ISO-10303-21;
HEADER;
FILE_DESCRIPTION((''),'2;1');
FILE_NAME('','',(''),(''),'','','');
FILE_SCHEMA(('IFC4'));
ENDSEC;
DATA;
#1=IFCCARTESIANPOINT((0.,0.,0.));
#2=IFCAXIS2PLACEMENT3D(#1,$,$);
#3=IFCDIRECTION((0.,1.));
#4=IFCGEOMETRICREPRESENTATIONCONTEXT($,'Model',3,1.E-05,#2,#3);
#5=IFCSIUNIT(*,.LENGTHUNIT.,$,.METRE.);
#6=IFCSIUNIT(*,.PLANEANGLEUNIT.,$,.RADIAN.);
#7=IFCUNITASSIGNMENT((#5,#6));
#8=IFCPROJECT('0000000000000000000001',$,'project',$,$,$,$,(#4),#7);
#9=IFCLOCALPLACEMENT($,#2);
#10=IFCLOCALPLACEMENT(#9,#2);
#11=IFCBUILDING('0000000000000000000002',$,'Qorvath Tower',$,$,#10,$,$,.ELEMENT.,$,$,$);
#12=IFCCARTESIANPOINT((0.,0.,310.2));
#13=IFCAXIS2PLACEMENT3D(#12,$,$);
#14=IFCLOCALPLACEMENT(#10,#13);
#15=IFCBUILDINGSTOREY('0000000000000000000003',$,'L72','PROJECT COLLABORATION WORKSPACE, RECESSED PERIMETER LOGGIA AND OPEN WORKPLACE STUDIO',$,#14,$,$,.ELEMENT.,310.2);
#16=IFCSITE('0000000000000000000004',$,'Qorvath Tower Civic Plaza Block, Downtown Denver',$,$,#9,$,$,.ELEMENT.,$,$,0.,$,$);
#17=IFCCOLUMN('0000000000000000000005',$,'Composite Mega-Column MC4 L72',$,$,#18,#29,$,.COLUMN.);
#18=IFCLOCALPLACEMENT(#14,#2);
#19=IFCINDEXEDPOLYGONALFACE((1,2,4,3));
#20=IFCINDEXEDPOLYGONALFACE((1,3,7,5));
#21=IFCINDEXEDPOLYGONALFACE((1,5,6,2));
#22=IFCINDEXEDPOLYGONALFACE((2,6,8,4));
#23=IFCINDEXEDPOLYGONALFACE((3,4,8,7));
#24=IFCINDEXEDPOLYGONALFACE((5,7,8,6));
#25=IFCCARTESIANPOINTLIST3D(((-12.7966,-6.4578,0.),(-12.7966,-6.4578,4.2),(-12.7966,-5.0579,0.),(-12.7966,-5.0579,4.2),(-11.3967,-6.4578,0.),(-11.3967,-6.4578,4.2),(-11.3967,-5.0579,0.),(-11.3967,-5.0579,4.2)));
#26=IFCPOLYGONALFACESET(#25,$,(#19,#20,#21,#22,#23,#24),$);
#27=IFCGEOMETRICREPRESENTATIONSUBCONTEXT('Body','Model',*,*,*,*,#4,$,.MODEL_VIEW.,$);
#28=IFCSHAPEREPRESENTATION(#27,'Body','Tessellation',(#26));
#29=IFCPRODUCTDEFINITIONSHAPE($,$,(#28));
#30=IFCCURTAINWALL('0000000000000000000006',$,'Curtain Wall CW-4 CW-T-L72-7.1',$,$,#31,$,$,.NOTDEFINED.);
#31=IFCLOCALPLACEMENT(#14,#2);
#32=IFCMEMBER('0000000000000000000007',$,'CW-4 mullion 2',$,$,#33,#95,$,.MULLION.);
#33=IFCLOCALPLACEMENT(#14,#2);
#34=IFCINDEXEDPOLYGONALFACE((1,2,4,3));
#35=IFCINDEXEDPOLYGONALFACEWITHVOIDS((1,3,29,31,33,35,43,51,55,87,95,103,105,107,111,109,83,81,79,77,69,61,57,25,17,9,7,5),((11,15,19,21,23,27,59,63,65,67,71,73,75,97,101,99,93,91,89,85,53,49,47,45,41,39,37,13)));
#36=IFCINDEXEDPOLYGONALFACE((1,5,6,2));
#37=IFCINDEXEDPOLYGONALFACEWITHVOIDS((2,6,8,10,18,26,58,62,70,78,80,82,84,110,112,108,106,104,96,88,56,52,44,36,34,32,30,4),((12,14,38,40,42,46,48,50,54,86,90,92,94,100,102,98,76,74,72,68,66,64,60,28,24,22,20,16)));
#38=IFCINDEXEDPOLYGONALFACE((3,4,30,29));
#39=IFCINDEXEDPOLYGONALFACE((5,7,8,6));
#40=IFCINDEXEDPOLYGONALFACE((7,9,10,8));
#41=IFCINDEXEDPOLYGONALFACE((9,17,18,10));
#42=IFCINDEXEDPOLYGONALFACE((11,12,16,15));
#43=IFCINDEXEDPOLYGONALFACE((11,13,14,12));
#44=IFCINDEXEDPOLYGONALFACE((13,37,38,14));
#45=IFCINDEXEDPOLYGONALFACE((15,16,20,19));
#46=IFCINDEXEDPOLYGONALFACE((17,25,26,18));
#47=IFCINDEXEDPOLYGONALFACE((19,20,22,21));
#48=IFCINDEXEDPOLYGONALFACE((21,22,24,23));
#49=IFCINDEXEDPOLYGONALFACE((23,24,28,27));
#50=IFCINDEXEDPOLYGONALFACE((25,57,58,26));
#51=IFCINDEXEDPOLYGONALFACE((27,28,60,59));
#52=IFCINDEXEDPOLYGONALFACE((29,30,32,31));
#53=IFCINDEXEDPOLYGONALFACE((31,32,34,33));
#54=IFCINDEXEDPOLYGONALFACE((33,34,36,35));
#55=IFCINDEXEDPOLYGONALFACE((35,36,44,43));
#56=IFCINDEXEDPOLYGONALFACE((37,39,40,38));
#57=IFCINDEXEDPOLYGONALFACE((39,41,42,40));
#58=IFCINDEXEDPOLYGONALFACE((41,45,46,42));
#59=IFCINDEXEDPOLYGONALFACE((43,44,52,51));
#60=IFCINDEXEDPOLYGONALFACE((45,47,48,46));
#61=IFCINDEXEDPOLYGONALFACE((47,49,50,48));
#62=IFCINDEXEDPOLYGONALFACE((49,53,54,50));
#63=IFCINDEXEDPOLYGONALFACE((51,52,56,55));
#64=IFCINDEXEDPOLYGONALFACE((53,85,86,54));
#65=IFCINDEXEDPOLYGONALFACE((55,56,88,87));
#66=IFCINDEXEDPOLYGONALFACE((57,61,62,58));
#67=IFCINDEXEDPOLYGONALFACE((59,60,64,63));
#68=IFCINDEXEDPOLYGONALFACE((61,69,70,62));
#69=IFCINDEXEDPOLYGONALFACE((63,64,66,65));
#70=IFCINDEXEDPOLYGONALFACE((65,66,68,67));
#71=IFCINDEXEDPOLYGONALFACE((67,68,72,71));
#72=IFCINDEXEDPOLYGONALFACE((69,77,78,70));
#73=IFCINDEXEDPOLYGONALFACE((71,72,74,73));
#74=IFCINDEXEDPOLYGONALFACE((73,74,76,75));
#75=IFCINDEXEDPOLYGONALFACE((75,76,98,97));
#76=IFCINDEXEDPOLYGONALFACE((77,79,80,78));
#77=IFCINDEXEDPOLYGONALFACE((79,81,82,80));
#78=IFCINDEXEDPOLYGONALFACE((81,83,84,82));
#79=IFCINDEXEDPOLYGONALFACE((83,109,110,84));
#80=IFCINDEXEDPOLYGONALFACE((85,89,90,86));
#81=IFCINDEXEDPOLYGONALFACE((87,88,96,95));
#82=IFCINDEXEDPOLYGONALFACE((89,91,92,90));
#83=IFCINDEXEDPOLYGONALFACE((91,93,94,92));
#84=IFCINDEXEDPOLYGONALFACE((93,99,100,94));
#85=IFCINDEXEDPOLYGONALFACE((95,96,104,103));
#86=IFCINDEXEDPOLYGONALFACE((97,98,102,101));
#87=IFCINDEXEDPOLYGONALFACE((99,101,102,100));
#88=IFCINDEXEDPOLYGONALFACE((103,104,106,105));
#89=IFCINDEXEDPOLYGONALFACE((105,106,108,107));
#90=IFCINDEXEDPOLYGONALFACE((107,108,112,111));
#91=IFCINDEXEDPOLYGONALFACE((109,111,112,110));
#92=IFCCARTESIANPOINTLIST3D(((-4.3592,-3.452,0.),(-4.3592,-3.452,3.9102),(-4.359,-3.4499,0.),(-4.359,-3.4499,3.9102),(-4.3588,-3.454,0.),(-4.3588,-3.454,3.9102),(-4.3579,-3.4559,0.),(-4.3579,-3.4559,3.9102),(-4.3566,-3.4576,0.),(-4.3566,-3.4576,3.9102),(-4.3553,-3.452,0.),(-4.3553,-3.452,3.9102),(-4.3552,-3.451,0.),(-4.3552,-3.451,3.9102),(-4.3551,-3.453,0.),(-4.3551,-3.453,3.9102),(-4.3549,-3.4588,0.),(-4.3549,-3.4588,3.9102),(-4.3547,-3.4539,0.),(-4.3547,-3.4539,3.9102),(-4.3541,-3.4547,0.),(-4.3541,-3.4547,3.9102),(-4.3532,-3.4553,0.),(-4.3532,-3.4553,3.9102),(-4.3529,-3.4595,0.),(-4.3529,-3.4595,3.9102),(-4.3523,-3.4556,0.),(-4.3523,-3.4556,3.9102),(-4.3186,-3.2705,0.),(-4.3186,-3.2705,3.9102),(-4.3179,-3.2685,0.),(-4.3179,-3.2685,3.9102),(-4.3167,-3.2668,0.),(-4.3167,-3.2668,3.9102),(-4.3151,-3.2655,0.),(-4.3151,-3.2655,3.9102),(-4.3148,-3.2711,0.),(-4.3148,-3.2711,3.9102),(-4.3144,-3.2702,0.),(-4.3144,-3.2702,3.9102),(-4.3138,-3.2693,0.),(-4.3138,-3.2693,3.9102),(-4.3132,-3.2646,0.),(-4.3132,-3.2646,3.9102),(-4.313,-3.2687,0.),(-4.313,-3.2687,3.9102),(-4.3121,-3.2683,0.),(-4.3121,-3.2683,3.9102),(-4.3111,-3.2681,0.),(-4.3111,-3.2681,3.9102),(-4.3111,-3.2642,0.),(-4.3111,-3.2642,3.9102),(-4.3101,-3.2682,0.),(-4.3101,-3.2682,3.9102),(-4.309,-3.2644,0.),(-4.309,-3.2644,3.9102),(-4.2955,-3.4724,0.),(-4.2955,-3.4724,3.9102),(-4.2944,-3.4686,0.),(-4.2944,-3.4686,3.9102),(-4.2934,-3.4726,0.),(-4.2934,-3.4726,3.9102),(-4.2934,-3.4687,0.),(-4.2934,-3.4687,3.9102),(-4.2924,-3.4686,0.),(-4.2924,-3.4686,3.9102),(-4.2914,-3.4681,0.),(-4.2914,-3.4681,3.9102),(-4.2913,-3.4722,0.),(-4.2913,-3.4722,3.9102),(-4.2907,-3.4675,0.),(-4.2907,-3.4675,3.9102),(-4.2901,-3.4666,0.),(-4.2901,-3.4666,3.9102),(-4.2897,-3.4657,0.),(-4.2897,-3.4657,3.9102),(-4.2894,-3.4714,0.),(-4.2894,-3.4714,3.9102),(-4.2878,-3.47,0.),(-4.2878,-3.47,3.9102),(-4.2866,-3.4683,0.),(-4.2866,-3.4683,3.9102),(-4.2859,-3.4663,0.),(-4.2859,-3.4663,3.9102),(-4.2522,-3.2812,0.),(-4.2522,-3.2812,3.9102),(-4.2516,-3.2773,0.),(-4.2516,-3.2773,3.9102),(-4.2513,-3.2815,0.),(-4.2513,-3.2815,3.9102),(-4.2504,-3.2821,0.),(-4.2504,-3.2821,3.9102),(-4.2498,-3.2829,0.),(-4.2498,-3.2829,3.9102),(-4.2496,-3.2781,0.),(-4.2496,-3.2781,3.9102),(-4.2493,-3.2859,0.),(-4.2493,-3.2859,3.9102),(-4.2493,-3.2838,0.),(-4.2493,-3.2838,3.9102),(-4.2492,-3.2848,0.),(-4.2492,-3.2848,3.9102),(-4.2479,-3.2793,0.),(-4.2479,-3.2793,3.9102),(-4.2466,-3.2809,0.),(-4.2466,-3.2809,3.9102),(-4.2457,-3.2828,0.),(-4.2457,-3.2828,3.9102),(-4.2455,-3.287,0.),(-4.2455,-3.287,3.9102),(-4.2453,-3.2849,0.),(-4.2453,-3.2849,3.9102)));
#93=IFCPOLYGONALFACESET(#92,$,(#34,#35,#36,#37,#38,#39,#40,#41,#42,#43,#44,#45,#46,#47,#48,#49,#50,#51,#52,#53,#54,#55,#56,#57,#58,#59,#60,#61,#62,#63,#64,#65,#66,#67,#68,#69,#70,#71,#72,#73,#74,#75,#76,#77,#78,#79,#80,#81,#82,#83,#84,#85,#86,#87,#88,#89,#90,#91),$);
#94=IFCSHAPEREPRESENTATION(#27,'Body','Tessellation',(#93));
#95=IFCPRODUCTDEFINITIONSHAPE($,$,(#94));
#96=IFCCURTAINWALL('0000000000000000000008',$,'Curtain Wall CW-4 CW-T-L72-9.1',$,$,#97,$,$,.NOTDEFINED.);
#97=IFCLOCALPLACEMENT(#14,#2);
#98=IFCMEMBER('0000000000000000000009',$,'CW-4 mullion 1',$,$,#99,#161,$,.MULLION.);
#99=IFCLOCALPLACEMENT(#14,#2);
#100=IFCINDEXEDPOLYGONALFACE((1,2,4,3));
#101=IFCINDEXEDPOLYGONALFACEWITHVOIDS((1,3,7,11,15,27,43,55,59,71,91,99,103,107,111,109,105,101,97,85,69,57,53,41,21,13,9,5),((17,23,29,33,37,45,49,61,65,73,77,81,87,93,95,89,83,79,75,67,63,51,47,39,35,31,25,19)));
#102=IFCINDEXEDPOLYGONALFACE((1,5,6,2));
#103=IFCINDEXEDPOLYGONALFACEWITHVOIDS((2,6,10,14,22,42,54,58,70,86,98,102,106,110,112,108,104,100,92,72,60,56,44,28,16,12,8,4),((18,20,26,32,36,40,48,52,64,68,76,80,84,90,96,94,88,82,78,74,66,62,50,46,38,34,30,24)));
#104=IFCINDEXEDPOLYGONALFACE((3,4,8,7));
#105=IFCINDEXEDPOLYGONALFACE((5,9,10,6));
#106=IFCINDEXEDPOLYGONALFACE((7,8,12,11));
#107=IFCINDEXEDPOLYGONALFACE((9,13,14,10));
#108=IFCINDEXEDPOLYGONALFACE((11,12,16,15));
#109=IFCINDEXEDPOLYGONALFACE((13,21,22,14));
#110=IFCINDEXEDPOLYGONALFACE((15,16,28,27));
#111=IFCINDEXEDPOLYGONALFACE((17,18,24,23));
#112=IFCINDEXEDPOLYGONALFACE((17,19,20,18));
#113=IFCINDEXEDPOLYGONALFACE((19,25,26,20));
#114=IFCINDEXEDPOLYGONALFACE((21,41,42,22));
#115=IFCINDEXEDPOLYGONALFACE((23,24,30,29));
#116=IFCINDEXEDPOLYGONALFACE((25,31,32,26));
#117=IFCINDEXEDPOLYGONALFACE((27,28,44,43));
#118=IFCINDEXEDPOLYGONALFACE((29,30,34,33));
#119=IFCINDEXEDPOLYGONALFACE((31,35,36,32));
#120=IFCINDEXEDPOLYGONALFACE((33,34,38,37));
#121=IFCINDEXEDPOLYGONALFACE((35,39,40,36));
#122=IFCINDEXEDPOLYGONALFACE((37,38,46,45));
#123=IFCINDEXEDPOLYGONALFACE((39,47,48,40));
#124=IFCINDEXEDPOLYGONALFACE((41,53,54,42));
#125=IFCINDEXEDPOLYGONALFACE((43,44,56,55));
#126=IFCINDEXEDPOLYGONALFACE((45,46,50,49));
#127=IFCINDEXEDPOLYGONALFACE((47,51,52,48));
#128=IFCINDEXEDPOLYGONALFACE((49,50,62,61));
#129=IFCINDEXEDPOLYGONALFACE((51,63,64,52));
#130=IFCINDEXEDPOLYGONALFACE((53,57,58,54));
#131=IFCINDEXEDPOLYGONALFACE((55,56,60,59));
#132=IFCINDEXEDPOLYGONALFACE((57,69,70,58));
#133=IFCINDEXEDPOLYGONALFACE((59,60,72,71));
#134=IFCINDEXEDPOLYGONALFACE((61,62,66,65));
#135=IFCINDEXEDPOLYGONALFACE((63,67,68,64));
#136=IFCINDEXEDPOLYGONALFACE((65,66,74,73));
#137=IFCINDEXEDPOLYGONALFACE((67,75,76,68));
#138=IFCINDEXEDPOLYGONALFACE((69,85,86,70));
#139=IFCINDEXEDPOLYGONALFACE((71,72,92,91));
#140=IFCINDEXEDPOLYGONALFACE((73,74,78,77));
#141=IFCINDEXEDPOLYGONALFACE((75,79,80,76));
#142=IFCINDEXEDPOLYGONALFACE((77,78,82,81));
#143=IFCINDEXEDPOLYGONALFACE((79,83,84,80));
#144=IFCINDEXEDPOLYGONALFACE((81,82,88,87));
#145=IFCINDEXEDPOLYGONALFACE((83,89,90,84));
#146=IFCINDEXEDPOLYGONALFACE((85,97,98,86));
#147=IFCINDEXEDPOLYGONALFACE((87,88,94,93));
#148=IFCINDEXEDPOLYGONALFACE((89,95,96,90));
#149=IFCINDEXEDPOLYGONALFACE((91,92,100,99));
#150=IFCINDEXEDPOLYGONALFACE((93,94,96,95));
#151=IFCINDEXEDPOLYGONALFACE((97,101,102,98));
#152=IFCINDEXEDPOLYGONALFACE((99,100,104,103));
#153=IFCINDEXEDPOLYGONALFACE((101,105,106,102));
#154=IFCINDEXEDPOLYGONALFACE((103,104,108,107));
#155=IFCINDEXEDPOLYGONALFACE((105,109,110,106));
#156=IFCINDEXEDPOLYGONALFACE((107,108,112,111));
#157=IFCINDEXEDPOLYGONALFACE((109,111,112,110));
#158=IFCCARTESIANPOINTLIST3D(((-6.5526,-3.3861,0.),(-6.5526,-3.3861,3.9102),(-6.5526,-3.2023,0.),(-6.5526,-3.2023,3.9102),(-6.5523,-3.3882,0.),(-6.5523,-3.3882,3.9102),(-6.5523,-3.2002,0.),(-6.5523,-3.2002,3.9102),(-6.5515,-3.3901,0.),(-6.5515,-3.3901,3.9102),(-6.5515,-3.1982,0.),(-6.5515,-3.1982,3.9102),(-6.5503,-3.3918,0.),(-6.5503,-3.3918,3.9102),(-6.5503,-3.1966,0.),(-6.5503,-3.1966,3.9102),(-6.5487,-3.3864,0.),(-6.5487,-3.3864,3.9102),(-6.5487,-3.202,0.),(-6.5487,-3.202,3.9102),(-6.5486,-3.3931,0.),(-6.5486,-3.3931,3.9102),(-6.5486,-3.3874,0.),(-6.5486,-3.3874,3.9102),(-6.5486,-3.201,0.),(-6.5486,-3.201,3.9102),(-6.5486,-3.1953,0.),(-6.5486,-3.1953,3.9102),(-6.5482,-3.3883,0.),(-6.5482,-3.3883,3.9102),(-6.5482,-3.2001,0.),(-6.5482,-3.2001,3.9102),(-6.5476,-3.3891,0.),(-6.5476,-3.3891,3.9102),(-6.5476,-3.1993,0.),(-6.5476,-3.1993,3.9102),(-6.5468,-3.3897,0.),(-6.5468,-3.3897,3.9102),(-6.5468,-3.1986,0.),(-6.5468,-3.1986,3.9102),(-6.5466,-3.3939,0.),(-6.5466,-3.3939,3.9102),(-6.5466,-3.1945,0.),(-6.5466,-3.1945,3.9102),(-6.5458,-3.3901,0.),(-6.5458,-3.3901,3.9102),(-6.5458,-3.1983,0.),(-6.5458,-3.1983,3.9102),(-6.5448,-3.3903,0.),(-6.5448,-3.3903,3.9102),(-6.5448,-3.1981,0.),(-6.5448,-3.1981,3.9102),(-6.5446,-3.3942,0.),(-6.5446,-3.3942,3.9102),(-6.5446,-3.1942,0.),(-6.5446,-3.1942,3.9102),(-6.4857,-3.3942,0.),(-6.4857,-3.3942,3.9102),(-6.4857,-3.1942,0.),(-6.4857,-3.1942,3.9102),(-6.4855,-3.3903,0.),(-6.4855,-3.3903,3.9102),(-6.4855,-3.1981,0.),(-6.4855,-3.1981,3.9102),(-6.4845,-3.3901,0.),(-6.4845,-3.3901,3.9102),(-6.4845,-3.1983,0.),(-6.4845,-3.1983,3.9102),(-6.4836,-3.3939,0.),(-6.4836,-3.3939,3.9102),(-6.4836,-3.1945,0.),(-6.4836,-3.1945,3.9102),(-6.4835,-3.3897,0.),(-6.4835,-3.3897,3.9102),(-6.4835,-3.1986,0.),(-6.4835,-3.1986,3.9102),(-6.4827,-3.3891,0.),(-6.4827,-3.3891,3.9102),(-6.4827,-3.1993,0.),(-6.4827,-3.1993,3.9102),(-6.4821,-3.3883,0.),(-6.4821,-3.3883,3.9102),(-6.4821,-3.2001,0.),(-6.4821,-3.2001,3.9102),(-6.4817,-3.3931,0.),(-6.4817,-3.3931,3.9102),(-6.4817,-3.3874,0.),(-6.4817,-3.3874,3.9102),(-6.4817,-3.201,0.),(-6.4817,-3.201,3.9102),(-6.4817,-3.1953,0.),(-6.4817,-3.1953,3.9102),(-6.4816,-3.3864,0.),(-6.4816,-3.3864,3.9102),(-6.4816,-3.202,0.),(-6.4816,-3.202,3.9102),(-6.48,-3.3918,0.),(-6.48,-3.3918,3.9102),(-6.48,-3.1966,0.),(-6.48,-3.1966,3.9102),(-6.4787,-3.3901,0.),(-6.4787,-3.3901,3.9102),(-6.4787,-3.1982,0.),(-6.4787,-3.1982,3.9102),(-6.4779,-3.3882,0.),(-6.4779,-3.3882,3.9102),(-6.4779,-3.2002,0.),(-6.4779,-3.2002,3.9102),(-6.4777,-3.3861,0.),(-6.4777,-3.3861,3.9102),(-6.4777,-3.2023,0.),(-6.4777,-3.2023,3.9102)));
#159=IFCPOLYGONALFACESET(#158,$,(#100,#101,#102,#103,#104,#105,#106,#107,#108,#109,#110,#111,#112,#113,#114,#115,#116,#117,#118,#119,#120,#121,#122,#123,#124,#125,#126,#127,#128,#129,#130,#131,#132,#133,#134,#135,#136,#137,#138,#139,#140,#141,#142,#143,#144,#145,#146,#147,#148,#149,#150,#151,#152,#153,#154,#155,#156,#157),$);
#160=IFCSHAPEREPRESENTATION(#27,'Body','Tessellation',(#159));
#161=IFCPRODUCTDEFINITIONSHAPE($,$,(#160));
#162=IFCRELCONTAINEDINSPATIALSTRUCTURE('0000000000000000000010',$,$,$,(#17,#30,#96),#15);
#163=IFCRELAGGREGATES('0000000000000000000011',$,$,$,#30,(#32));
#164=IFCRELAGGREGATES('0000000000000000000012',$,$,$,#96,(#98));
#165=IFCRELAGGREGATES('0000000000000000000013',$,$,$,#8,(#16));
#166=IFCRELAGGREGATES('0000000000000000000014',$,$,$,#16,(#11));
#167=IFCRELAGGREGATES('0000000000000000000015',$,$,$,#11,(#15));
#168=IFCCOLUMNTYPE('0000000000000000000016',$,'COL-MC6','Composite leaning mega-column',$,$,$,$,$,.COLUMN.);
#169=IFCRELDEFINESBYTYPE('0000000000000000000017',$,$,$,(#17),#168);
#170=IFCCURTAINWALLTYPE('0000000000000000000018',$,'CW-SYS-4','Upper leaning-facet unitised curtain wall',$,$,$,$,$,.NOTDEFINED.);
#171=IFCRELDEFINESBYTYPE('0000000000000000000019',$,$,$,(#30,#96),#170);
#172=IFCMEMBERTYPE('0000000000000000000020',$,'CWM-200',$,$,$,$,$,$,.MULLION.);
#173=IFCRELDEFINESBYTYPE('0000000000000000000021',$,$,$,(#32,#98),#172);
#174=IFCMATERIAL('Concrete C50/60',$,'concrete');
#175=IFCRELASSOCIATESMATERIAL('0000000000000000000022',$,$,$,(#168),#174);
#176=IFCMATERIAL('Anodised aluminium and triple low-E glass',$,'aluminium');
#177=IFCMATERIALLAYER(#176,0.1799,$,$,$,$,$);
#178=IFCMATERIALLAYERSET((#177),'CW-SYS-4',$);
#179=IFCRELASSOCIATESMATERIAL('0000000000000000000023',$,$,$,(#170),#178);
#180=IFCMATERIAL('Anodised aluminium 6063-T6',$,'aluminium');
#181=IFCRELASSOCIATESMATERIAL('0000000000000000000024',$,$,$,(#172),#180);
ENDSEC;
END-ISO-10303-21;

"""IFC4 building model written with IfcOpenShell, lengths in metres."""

from ifc_helpers import new_model, si_unit, direction, frame, origin, origin_2d, place, context, subcontext, project, spatial, rectangle, hollow_rectangle, extrude, material, layer, layer_set, material_profile, profile_set, type_object, element, aggregate, save


model = new_model("IFC4")

# Units and contexts
model_context = context("Model", 3, precision=1e-05, world=origin(), true_north=direction((0.0, 1.0)))
body_context = subcontext(model_context, "Body", "Model", "MODEL_VIEW")
ifc_project = project(units=[si_unit("LENGTHUNIT", "METRE"), si_unit("PLANEANGLEUNIT", "RADIAN")], contexts=[model_context])

# Site, building, storey
site_placement = place(None, origin())
site = spatial("IfcSite", under=ifc_project, at=site_placement, Name="Qorvath Tower Civic Plaza Block, Downtown Denver", CompositionType="ELEMENT", RefElevation=0.0)
building_placement = place(site_placement, origin())
building = spatial("IfcBuilding", under=site, at=building_placement, Name="Qorvath Tower", CompositionType="ELEMENT")
storey_placement = place(building_placement, frame((0.0, 0.0, 310.2)))
storey = spatial("IfcBuildingStorey", under=building, at=storey_placement, Name="L72", Description="PROJECT COLLABORATION WORKSPACE, RECESSED PERIMETER LOGGIA AND OPEN WORKPLACE STUDIO", CompositionType="ELEMENT", Elevation=310.2)

# Column
ifc_material_1 = material(Name="Concrete C50/60", Category="concrete")
ifc_material_profile_1 = material_profile(ifc_material_1, rectangle(XDim=1.3999, YDim=1.3999, at=origin_2d()), Name="MC 1400x1400")
ifc_profile_set_1 = profile_set([ifc_material_profile_1], Name="Concrete C50/60")
column_type = type_object("IfcColumnType", Name="COL-MC6", Description="Composite leaning mega-column", PredefinedType="COLUMN", material=ifc_profile_set_1)
column_placement = place(storey_placement, frame((-12.0967, -5.7578, 0.0), z_axis=(0.0, 0.0, 1.0), x_axis=(1.0, 0.0, 0.0)))
element("IfcColumn", 1, at=column_placement, inside=storey, type_object=column_type, Name="Composite Mega-Column MC4 L72", PredefinedType="COLUMN", context=body_context, shape_type="SweptSolid", body=[
    extrude(rectangle(XDim=1.3999, YDim=1.3999, at=origin_2d()), origin(), (0.0, 0.0, 1.0), 4.2),
])

# Curtain wall, member
ifc_material_2 = material(Name="Anodised aluminium and triple low-E glass", Category="aluminium")
ifc_layer_1 = layer(ifc_material_2, 0.1799)
ifc_layer_set_1 = layer_set([ifc_layer_1], Name="CW-SYS-4")
curtain_wall_type = type_object("IfcCurtainWallType", Name="CW-SYS-4", Description="Upper leaning-facet unitised curtain wall", PredefinedType="NOTDEFINED", material=ifc_layer_set_1)
curtain_wall_1_placement = place(storey_placement, origin())
curtain_wall_1 = element("IfcCurtainWall", 2, at=curtain_wall_1_placement, inside=storey, type_object=curtain_wall_type, Name="Curtain Wall CW-4 CW-T-L72-7.1", PredefinedType="NOTDEFINED")
ifc_material_3 = material(Name="Anodised aluminium 6063-T6", Category="aluminium")
ifc_material_profile_2 = material_profile(ifc_material_3, hollow_rectangle(XDim=0.075, YDim=0.2, WallThickness=0.0039, InnerFilletRadius=0.0039, OuterFilletRadius=0.0081, at=origin_2d()), Name="CWM 200x75")
ifc_profile_set_2 = profile_set([ifc_material_profile_2], Name="Anodised aluminium 6063-T6")
member_type_1 = type_object("IfcMemberType", Name="CWM-200", PredefinedType="MULLION", material=ifc_profile_set_2)
member_1_placement = place(storey_placement, frame((-4.3022, -3.3684, 0.0), z_axis=(0.0, 0.0, 1.0), x_axis=(-0.975618, 0.219474, 0.0)))
member_1 = element("IfcMember", 3, at=member_1_placement, type_object=member_type_1, Name="CW-4 mullion 2", PredefinedType="MULLION", context=body_context, shape_type="SweptSolid", body=[
    extrude(hollow_rectangle(XDim=0.075, YDim=0.2, WallThickness=0.0039, InnerFilletRadius=0.0039, OuterFilletRadius=0.0081, at=origin_2d()), origin(), (0.0, 0.0, 1.0), 3.9102),
])

# Curtain wall, member
curtain_wall_2_placement = place(storey_placement, origin())
curtain_wall_2 = element("IfcCurtainWall", 4, at=curtain_wall_2_placement, inside=storey, type_object=curtain_wall_type, Name="Curtain Wall CW-4 CW-T-L72-9.1", PredefinedType="NOTDEFINED")
member_2_placement = place(storey_placement, frame((-6.5151, -3.2942, 0.0), z_axis=(0.0, 0.0, 1.0), x_axis=(-1.0, 0.0, 0.0)))
member_2 = element("IfcMember", 5, at=member_2_placement, type_object=member_type_1, Name="CW-4 mullion 1", PredefinedType="MULLION", context=body_context, shape_type="SweptSolid", body=[
    extrude(hollow_rectangle(XDim=0.075, YDim=0.2, WallThickness=0.0039, InnerFilletRadius=0.0039, OuterFilletRadius=0.0081, at=origin_2d()), origin(), (0.0, 0.0, 1.0), 3.9102),
])

aggregate(curtain_wall_1, [member_1])
aggregate(curtain_wall_2, [member_2])

save(model, "model.ifc")
